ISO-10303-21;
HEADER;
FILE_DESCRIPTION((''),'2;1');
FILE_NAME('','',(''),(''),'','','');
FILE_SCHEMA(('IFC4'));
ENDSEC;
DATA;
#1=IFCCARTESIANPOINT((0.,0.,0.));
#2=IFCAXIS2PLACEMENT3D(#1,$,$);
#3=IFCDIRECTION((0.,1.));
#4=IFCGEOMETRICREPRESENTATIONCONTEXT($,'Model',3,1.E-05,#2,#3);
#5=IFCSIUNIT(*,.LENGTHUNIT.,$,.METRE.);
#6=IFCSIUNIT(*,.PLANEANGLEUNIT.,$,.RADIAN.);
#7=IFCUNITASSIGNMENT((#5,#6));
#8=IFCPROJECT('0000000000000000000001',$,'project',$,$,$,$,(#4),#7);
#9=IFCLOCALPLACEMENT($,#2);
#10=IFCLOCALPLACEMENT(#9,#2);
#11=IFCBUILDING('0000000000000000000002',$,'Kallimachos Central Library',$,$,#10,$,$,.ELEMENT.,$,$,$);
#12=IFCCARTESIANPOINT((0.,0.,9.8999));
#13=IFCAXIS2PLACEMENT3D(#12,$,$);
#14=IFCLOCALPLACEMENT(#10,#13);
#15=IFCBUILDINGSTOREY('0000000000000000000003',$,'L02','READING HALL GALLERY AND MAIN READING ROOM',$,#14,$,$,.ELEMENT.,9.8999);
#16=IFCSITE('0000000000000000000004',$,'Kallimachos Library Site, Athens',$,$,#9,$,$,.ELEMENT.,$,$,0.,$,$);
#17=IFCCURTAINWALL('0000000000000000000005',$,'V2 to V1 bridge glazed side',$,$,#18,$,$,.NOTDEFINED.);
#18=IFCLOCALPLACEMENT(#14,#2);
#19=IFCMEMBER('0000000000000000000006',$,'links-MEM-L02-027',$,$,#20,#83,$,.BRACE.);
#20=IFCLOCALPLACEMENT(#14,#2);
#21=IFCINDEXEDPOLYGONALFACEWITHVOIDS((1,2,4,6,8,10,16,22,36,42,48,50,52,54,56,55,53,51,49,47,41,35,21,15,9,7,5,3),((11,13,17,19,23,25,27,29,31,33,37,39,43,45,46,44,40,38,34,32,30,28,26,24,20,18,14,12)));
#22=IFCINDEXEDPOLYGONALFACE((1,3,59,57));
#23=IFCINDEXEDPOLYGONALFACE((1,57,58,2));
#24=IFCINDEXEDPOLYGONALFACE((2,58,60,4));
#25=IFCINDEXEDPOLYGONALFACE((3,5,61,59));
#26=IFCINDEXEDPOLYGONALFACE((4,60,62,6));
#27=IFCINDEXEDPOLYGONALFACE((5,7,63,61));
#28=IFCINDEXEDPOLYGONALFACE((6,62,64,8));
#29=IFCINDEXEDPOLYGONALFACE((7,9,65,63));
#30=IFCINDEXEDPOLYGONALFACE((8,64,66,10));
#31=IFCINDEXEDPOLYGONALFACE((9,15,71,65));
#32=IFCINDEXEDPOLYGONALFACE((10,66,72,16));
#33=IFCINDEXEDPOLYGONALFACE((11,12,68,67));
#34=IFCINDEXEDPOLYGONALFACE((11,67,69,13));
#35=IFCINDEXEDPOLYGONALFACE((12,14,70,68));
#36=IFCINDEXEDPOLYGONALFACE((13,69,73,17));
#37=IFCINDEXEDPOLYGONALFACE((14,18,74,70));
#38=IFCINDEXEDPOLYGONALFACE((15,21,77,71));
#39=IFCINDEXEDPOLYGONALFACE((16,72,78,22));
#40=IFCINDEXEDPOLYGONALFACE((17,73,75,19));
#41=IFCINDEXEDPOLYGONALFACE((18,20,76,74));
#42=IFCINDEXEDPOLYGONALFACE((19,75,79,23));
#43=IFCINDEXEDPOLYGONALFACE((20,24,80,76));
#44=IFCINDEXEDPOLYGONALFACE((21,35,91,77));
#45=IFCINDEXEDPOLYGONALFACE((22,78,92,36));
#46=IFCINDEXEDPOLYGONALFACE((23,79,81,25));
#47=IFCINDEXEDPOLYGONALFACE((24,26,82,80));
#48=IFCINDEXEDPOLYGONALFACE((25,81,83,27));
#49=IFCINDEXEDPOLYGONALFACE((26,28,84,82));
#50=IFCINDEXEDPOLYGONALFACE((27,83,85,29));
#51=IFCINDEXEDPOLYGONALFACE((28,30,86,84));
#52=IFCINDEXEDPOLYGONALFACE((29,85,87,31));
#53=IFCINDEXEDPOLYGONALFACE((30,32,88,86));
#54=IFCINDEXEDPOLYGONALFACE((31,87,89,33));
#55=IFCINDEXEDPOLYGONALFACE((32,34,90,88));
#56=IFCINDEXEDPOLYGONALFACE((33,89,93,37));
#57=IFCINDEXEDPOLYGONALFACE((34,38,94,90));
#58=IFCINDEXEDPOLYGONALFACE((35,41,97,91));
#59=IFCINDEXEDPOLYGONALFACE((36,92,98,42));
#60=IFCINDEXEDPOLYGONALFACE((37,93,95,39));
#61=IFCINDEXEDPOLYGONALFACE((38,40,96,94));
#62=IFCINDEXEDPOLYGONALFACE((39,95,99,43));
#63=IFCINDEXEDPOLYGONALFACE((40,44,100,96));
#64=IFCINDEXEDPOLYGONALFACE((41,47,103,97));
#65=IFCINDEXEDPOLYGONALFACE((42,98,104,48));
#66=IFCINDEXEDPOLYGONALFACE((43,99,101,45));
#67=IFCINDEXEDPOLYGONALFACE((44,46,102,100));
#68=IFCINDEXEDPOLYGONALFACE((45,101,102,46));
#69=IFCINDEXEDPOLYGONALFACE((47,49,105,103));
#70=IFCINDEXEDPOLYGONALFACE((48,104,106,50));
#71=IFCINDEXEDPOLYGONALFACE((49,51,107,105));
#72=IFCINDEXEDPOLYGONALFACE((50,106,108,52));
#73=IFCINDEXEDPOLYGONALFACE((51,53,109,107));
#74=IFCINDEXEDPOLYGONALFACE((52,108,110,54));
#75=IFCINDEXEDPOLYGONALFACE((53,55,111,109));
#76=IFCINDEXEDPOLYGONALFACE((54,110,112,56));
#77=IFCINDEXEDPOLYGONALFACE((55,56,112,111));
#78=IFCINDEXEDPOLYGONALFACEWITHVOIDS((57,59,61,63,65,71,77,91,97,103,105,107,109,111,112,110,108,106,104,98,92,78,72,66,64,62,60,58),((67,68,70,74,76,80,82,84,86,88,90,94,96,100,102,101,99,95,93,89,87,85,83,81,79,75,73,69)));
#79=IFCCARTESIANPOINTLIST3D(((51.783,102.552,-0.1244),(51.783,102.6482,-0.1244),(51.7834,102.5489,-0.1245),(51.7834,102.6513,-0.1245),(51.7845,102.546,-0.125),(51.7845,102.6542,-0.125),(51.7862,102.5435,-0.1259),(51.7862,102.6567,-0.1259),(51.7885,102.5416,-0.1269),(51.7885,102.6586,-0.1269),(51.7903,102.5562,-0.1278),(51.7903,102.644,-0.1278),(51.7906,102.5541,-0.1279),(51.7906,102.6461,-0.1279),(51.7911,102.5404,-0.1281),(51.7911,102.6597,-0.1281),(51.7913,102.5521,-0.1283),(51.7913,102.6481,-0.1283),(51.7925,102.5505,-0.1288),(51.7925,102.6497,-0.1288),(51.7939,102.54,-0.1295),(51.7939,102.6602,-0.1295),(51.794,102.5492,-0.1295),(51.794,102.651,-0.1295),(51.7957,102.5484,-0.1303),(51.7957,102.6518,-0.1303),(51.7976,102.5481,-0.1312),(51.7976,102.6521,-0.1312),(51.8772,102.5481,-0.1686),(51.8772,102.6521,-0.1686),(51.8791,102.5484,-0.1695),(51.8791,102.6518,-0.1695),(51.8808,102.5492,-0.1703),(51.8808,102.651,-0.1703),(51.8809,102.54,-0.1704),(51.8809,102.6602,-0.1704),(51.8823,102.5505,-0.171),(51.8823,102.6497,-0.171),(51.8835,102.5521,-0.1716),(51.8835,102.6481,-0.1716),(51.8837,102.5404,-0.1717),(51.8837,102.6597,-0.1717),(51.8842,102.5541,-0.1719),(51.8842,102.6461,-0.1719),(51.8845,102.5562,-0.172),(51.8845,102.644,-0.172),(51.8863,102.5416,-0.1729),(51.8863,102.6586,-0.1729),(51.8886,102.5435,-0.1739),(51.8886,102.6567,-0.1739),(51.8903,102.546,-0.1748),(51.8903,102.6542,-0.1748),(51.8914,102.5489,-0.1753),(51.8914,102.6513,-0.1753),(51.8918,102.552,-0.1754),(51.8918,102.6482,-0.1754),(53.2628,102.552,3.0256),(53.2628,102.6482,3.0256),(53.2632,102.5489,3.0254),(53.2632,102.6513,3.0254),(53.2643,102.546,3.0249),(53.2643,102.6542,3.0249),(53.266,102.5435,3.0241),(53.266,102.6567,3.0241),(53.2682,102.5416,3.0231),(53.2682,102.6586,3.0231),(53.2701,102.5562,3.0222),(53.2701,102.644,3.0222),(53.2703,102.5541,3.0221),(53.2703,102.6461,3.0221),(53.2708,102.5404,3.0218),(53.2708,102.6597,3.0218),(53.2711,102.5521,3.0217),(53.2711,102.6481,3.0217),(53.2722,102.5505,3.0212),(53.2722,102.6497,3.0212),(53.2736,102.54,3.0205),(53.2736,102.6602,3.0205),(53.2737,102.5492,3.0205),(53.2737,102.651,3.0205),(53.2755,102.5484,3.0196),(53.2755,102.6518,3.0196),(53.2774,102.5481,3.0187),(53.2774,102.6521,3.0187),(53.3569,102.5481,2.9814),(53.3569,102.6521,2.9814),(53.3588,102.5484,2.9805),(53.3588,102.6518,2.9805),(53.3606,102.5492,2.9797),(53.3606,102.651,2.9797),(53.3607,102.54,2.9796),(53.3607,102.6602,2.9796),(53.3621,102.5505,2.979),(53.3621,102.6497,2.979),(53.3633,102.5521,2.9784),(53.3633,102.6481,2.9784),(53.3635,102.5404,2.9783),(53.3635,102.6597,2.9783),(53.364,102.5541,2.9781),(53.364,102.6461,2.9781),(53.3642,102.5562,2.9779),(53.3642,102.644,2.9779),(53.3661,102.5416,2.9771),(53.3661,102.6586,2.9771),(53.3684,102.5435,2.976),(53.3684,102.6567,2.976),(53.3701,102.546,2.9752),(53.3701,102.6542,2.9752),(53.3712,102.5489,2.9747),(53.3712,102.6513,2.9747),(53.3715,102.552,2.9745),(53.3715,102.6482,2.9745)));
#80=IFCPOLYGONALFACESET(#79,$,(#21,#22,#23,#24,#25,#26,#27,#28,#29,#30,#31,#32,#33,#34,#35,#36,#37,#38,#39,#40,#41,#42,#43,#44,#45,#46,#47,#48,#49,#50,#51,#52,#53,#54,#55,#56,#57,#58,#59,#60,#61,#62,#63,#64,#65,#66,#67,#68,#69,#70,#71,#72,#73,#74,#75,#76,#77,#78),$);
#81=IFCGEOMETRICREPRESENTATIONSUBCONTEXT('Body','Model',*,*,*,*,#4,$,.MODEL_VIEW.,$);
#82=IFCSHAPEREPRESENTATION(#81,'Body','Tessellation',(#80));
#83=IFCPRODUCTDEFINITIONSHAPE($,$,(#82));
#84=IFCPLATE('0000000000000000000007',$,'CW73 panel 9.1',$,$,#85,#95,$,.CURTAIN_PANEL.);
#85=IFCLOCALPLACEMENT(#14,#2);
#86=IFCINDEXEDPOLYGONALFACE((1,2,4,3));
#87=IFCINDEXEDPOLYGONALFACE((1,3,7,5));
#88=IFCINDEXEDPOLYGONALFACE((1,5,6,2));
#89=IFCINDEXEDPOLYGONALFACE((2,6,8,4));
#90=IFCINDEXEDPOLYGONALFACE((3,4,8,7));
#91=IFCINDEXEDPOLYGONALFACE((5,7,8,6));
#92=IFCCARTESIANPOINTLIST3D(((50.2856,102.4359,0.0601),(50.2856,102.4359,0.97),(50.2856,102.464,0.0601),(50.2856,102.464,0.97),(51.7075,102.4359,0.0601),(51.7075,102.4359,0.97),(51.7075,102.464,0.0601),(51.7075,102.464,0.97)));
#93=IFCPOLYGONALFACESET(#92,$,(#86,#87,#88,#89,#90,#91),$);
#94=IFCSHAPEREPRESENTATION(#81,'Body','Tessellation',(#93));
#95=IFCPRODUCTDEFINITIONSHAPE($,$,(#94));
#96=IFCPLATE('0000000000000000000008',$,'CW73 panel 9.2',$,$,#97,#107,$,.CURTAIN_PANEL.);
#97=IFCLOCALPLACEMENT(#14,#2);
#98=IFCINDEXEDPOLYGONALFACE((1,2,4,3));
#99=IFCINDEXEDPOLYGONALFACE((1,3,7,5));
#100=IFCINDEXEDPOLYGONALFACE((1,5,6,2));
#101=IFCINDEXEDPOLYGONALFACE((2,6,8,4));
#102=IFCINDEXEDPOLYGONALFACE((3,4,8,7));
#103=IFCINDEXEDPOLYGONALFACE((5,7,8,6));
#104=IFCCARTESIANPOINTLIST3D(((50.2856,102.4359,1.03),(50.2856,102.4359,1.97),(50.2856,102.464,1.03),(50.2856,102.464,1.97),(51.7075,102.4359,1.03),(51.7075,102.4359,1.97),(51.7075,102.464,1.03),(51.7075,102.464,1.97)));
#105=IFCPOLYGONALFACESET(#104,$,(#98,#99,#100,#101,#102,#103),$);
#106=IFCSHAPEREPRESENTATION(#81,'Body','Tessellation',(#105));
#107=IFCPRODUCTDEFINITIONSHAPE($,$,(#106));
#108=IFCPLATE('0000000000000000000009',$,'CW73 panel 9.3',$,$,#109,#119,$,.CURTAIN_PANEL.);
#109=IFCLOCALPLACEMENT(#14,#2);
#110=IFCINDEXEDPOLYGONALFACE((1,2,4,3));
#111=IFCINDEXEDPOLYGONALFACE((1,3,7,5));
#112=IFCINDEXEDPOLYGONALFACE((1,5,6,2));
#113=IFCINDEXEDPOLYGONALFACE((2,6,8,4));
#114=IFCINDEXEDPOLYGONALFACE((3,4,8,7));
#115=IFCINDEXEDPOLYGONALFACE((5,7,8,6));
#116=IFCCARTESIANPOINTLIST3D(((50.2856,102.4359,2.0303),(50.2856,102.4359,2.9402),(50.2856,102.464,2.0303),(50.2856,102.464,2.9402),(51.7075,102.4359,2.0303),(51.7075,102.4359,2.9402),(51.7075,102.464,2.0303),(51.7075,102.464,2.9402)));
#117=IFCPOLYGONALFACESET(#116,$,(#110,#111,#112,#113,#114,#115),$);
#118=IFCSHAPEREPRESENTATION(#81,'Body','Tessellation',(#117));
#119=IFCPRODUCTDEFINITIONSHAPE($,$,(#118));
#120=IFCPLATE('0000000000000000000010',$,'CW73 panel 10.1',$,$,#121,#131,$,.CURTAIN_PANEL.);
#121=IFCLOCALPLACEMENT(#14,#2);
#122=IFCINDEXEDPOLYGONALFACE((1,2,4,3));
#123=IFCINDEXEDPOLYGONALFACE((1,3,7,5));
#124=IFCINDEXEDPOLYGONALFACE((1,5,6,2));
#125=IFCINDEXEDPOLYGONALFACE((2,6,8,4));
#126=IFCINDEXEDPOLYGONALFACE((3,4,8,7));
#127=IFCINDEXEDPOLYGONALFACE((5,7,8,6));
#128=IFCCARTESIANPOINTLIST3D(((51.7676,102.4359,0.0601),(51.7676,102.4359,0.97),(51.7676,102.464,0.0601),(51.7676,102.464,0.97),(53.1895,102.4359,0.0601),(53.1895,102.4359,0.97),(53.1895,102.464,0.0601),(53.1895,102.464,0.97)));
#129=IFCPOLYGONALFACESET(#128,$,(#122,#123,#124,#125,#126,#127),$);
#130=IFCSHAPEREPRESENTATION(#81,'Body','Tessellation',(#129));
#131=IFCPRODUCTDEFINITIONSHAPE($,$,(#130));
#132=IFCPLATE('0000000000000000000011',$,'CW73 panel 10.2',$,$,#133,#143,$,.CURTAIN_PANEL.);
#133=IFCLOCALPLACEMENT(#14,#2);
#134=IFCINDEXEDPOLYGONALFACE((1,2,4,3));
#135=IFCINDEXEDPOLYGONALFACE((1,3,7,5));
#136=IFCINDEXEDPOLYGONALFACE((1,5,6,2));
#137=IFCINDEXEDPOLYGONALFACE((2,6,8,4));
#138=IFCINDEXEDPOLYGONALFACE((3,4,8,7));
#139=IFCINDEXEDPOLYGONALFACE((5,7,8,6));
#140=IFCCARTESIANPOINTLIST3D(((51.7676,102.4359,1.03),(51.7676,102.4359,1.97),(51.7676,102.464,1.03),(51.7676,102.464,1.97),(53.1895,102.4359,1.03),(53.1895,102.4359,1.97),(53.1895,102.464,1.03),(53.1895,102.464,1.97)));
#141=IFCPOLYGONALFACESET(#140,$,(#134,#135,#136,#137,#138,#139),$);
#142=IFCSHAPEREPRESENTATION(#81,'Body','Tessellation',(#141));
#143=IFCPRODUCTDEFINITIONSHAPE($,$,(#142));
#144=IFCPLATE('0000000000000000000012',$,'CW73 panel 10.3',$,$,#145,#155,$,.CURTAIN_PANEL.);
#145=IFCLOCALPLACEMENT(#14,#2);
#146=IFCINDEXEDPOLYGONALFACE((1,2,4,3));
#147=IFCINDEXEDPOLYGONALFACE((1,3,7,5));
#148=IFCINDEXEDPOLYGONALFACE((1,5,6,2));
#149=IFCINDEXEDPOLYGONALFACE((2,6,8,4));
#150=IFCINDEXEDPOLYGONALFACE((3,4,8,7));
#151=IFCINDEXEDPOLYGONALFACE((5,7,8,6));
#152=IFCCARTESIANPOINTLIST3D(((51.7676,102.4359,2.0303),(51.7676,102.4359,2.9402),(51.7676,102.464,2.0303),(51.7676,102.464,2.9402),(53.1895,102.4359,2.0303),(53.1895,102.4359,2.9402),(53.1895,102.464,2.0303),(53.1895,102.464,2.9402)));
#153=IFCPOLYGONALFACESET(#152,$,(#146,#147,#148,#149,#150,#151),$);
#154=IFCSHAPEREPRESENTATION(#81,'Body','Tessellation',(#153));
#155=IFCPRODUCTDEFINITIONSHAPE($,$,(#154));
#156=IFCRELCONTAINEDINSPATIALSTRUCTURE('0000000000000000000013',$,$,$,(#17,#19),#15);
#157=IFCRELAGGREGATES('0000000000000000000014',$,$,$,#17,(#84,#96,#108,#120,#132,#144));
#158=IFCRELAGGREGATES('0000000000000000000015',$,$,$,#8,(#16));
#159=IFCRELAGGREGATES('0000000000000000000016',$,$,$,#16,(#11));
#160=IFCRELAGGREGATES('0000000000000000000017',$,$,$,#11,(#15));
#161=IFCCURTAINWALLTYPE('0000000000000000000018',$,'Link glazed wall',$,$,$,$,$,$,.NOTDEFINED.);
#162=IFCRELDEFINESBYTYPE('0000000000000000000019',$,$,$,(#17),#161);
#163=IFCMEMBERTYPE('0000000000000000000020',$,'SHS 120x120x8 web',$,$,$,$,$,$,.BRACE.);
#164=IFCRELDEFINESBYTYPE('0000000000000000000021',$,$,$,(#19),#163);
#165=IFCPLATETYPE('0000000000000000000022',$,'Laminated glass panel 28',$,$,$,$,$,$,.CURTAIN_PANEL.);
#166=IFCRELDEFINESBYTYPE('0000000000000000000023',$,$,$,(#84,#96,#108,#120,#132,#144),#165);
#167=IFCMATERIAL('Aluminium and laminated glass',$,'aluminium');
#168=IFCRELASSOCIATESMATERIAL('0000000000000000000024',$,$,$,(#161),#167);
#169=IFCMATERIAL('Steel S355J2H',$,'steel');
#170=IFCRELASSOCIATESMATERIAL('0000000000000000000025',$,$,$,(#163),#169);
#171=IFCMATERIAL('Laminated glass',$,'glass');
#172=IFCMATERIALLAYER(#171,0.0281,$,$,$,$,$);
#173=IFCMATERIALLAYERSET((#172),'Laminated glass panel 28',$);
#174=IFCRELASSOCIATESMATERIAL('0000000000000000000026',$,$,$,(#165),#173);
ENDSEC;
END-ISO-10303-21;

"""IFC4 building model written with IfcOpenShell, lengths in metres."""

from ifc_helpers import new_model, si_unit, direction, frame, origin, origin_2d, place, context, subcontext, project, spatial, rectangle, hollow_rectangle, extrude, material, layer, layer_set, material_profile, profile_set, type_object, element, aggregate, save


model = new_model("IFC4")

# Units and contexts
model_context = context("Model", 3, precision=1e-05, world=origin(), true_north=direction((0.0, 1.0)))
body_context = subcontext(model_context, "Body", "Model", "MODEL_VIEW")
ifc_project = project(units=[si_unit("LENGTHUNIT", "METRE"), si_unit("PLANEANGLEUNIT", "RADIAN")], contexts=[model_context])

# Site, building, storey
site_placement = place(None, origin())
site = spatial("IfcSite", under=ifc_project, at=site_placement, Name="Kallimachos Library Site, Athens", CompositionType="ELEMENT", RefElevation=0.0)
building_placement = place(site_placement, origin())
building = spatial("IfcBuilding", under=site, at=building_placement, Name="Kallimachos Central Library", CompositionType="ELEMENT")
storey_placement = place(building_placement, frame((0.0, 0.0, 9.8999)))
storey = spatial("IfcBuildingStorey", under=building, at=storey_placement, Name="L02", Description="READING HALL GALLERY AND MAIN READING ROOM", CompositionType="ELEMENT", Elevation=9.8999)

# Curtain wall
ifc_material_1 = material(Name="Aluminium and laminated glass", Category="aluminium")
curtain_wall_type = type_object("IfcCurtainWallType", Name="Link glazed wall", PredefinedType="NOTDEFINED", material=ifc_material_1)
curtain_wall_1_placement = place(storey_placement, origin())
curtain_wall_1 = element("IfcCurtainWall", 1, at=curtain_wall_1_placement, inside=storey, type_object=curtain_wall_type, Name="V2 to V1 bridge glazed side", PredefinedType="NOTDEFINED")

# Member
ifc_material_2 = material(Name="Steel S355J2H", Category="steel")
ifc_material_profile_1 = material_profile(ifc_material_2, hollow_rectangle(XDim=0.1201, YDim=0.1201, WallThickness=0.0081, InnerFilletRadius=0.0081, OuterFilletRadius=0.012, at=origin_2d()), Name="SHS 120x120x8")
ifc_profile_set_1 = profile_set([ifc_material_profile_1], Name="Steel S355J2H")
member_type_1 = type_object("IfcMemberType", Name="SHS 120x120x8 web", PredefinedType="BRACE", material=ifc_profile_set_1)
for number, where, z_axis, x_axis, name in (
    (2, (51.8374, 102.6001, -0.1499), (0.425192, 0.0, 0.905103), (0.0, 1.0, 0.0), "links-MEM-L02-027"),
):
    element("IfcMember", number, at=place(storey_placement, frame(where, z_axis=z_axis, x_axis=x_axis)), inside=storey, type_object=member_type_1, Name=name, PredefinedType="BRACE", context=body_context, shape_type="SweptSolid", body=[
        extrude(hollow_rectangle(XDim=0.1201, YDim=0.1201, WallThickness=0.0081, InnerFilletRadius=0.0081, OuterFilletRadius=0.012, at=origin_2d()), origin(), (0.0, 0.0, 1.0), 3.4802),
    ])

# Plates
ifc_material_3 = material(Name="Laminated glass", Category="glass")
ifc_layer = layer(ifc_material_3, 0.0281)
ifc_layer_set = layer_set([ifc_layer], Name="Laminated glass panel 28")
plate_type = type_object("IfcPlateType", Name="Laminated glass panel 28", PredefinedType="CURTAIN_PANEL", material=ifc_layer_set)
plate_1_placement = place(storey_placement, frame((50.9966, 102.45, 0.0601), z_axis=(0.0, 0.0, 1.0), x_axis=(1.0, 0.0, 0.0)))
plate_1 = element("IfcPlate", 3, at=plate_1_placement, type_object=plate_type, Name="CW73 panel 9.1", PredefinedType="CURTAIN_PANEL", context=body_context, shape_type="SweptSolid", body=[
    extrude(rectangle(XDim=1.4219, YDim=0.0281, at=origin_2d()), origin(), (0.0, 0.0, 1.0), 0.9099),
])
plate_2_placement = place(storey_placement, frame((50.9966, 102.45, 1.03), z_axis=(0.0, 0.0, 1.0), x_axis=(1.0, 0.0, 0.0)))
plate_2 = element("IfcPlate", 4, at=plate_2_placement, type_object=plate_type, Name="CW73 panel 9.2", PredefinedType="CURTAIN_PANEL", context=body_context, shape_type="SweptSolid", body=[
    extrude(rectangle(XDim=1.4219, YDim=0.0281, at=origin_2d()), origin(), (0.0, 0.0, 1.0), 0.9399),
])
plate_3_placement = place(storey_placement, frame((50.9966, 102.45, 2.0303), z_axis=(0.0, 0.0, 1.0), x_axis=(1.0, 0.0, 0.0)))
plate_3 = element("IfcPlate", 5, at=plate_3_placement, type_object=plate_type, Name="CW73 panel 9.3", PredefinedType="CURTAIN_PANEL", context=body_context, shape_type="SweptSolid", body=[
    extrude(rectangle(XDim=1.4219, YDim=0.0281, at=origin_2d()), origin(), (0.0, 0.0, 1.0), 0.9099),
])
plate_4_placement = place(storey_placement, frame((52.4785, 102.45, 0.0601), z_axis=(0.0, 0.0, 1.0), x_axis=(1.0, 0.0, 0.0)))
plate_4 = element("IfcPlate", 6, at=plate_4_placement, type_object=plate_type, Name="CW73 panel 10.1", PredefinedType="CURTAIN_PANEL", context=body_context, shape_type="SweptSolid", body=[
    extrude(rectangle(XDim=1.4219, YDim=0.0281, at=origin_2d()), origin(), (0.0, 0.0, 1.0), 0.9099),
])
plate_5_placement = place(storey_placement, frame((52.4785, 102.45, 1.03), z_axis=(0.0, 0.0, 1.0), x_axis=(1.0, 0.0, 0.0)))
plate_5 = element("IfcPlate", 7, at=plate_5_placement, type_object=plate_type, Name="CW73 panel 10.2", PredefinedType="CURTAIN_PANEL", context=body_context, shape_type="SweptSolid", body=[
    extrude(rectangle(XDim=1.4219, YDim=0.0281, at=origin_2d()), origin(), (0.0, 0.0, 1.0), 0.9399),
])
plate_6_placement = place(storey_placement, frame((52.4785, 102.45, 2.0303), z_axis=(0.0, 0.0, 1.0), x_axis=(1.0, 0.0, 0.0)))
plate_6 = element("IfcPlate", 8, at=plate_6_placement, type_object=plate_type, Name="CW73 panel 10.3", PredefinedType="CURTAIN_PANEL", context=body_context, shape_type="SweptSolid", body=[
    extrude(rectangle(XDim=1.4219, YDim=0.0281, at=origin_2d()), origin(), (0.0, 0.0, 1.0), 0.9099),
])
aggregate(curtain_wall_1, [plate_1, plate_2, plate_3, plate_4, plate_5, plate_6])

save(model, "model.ifc")
